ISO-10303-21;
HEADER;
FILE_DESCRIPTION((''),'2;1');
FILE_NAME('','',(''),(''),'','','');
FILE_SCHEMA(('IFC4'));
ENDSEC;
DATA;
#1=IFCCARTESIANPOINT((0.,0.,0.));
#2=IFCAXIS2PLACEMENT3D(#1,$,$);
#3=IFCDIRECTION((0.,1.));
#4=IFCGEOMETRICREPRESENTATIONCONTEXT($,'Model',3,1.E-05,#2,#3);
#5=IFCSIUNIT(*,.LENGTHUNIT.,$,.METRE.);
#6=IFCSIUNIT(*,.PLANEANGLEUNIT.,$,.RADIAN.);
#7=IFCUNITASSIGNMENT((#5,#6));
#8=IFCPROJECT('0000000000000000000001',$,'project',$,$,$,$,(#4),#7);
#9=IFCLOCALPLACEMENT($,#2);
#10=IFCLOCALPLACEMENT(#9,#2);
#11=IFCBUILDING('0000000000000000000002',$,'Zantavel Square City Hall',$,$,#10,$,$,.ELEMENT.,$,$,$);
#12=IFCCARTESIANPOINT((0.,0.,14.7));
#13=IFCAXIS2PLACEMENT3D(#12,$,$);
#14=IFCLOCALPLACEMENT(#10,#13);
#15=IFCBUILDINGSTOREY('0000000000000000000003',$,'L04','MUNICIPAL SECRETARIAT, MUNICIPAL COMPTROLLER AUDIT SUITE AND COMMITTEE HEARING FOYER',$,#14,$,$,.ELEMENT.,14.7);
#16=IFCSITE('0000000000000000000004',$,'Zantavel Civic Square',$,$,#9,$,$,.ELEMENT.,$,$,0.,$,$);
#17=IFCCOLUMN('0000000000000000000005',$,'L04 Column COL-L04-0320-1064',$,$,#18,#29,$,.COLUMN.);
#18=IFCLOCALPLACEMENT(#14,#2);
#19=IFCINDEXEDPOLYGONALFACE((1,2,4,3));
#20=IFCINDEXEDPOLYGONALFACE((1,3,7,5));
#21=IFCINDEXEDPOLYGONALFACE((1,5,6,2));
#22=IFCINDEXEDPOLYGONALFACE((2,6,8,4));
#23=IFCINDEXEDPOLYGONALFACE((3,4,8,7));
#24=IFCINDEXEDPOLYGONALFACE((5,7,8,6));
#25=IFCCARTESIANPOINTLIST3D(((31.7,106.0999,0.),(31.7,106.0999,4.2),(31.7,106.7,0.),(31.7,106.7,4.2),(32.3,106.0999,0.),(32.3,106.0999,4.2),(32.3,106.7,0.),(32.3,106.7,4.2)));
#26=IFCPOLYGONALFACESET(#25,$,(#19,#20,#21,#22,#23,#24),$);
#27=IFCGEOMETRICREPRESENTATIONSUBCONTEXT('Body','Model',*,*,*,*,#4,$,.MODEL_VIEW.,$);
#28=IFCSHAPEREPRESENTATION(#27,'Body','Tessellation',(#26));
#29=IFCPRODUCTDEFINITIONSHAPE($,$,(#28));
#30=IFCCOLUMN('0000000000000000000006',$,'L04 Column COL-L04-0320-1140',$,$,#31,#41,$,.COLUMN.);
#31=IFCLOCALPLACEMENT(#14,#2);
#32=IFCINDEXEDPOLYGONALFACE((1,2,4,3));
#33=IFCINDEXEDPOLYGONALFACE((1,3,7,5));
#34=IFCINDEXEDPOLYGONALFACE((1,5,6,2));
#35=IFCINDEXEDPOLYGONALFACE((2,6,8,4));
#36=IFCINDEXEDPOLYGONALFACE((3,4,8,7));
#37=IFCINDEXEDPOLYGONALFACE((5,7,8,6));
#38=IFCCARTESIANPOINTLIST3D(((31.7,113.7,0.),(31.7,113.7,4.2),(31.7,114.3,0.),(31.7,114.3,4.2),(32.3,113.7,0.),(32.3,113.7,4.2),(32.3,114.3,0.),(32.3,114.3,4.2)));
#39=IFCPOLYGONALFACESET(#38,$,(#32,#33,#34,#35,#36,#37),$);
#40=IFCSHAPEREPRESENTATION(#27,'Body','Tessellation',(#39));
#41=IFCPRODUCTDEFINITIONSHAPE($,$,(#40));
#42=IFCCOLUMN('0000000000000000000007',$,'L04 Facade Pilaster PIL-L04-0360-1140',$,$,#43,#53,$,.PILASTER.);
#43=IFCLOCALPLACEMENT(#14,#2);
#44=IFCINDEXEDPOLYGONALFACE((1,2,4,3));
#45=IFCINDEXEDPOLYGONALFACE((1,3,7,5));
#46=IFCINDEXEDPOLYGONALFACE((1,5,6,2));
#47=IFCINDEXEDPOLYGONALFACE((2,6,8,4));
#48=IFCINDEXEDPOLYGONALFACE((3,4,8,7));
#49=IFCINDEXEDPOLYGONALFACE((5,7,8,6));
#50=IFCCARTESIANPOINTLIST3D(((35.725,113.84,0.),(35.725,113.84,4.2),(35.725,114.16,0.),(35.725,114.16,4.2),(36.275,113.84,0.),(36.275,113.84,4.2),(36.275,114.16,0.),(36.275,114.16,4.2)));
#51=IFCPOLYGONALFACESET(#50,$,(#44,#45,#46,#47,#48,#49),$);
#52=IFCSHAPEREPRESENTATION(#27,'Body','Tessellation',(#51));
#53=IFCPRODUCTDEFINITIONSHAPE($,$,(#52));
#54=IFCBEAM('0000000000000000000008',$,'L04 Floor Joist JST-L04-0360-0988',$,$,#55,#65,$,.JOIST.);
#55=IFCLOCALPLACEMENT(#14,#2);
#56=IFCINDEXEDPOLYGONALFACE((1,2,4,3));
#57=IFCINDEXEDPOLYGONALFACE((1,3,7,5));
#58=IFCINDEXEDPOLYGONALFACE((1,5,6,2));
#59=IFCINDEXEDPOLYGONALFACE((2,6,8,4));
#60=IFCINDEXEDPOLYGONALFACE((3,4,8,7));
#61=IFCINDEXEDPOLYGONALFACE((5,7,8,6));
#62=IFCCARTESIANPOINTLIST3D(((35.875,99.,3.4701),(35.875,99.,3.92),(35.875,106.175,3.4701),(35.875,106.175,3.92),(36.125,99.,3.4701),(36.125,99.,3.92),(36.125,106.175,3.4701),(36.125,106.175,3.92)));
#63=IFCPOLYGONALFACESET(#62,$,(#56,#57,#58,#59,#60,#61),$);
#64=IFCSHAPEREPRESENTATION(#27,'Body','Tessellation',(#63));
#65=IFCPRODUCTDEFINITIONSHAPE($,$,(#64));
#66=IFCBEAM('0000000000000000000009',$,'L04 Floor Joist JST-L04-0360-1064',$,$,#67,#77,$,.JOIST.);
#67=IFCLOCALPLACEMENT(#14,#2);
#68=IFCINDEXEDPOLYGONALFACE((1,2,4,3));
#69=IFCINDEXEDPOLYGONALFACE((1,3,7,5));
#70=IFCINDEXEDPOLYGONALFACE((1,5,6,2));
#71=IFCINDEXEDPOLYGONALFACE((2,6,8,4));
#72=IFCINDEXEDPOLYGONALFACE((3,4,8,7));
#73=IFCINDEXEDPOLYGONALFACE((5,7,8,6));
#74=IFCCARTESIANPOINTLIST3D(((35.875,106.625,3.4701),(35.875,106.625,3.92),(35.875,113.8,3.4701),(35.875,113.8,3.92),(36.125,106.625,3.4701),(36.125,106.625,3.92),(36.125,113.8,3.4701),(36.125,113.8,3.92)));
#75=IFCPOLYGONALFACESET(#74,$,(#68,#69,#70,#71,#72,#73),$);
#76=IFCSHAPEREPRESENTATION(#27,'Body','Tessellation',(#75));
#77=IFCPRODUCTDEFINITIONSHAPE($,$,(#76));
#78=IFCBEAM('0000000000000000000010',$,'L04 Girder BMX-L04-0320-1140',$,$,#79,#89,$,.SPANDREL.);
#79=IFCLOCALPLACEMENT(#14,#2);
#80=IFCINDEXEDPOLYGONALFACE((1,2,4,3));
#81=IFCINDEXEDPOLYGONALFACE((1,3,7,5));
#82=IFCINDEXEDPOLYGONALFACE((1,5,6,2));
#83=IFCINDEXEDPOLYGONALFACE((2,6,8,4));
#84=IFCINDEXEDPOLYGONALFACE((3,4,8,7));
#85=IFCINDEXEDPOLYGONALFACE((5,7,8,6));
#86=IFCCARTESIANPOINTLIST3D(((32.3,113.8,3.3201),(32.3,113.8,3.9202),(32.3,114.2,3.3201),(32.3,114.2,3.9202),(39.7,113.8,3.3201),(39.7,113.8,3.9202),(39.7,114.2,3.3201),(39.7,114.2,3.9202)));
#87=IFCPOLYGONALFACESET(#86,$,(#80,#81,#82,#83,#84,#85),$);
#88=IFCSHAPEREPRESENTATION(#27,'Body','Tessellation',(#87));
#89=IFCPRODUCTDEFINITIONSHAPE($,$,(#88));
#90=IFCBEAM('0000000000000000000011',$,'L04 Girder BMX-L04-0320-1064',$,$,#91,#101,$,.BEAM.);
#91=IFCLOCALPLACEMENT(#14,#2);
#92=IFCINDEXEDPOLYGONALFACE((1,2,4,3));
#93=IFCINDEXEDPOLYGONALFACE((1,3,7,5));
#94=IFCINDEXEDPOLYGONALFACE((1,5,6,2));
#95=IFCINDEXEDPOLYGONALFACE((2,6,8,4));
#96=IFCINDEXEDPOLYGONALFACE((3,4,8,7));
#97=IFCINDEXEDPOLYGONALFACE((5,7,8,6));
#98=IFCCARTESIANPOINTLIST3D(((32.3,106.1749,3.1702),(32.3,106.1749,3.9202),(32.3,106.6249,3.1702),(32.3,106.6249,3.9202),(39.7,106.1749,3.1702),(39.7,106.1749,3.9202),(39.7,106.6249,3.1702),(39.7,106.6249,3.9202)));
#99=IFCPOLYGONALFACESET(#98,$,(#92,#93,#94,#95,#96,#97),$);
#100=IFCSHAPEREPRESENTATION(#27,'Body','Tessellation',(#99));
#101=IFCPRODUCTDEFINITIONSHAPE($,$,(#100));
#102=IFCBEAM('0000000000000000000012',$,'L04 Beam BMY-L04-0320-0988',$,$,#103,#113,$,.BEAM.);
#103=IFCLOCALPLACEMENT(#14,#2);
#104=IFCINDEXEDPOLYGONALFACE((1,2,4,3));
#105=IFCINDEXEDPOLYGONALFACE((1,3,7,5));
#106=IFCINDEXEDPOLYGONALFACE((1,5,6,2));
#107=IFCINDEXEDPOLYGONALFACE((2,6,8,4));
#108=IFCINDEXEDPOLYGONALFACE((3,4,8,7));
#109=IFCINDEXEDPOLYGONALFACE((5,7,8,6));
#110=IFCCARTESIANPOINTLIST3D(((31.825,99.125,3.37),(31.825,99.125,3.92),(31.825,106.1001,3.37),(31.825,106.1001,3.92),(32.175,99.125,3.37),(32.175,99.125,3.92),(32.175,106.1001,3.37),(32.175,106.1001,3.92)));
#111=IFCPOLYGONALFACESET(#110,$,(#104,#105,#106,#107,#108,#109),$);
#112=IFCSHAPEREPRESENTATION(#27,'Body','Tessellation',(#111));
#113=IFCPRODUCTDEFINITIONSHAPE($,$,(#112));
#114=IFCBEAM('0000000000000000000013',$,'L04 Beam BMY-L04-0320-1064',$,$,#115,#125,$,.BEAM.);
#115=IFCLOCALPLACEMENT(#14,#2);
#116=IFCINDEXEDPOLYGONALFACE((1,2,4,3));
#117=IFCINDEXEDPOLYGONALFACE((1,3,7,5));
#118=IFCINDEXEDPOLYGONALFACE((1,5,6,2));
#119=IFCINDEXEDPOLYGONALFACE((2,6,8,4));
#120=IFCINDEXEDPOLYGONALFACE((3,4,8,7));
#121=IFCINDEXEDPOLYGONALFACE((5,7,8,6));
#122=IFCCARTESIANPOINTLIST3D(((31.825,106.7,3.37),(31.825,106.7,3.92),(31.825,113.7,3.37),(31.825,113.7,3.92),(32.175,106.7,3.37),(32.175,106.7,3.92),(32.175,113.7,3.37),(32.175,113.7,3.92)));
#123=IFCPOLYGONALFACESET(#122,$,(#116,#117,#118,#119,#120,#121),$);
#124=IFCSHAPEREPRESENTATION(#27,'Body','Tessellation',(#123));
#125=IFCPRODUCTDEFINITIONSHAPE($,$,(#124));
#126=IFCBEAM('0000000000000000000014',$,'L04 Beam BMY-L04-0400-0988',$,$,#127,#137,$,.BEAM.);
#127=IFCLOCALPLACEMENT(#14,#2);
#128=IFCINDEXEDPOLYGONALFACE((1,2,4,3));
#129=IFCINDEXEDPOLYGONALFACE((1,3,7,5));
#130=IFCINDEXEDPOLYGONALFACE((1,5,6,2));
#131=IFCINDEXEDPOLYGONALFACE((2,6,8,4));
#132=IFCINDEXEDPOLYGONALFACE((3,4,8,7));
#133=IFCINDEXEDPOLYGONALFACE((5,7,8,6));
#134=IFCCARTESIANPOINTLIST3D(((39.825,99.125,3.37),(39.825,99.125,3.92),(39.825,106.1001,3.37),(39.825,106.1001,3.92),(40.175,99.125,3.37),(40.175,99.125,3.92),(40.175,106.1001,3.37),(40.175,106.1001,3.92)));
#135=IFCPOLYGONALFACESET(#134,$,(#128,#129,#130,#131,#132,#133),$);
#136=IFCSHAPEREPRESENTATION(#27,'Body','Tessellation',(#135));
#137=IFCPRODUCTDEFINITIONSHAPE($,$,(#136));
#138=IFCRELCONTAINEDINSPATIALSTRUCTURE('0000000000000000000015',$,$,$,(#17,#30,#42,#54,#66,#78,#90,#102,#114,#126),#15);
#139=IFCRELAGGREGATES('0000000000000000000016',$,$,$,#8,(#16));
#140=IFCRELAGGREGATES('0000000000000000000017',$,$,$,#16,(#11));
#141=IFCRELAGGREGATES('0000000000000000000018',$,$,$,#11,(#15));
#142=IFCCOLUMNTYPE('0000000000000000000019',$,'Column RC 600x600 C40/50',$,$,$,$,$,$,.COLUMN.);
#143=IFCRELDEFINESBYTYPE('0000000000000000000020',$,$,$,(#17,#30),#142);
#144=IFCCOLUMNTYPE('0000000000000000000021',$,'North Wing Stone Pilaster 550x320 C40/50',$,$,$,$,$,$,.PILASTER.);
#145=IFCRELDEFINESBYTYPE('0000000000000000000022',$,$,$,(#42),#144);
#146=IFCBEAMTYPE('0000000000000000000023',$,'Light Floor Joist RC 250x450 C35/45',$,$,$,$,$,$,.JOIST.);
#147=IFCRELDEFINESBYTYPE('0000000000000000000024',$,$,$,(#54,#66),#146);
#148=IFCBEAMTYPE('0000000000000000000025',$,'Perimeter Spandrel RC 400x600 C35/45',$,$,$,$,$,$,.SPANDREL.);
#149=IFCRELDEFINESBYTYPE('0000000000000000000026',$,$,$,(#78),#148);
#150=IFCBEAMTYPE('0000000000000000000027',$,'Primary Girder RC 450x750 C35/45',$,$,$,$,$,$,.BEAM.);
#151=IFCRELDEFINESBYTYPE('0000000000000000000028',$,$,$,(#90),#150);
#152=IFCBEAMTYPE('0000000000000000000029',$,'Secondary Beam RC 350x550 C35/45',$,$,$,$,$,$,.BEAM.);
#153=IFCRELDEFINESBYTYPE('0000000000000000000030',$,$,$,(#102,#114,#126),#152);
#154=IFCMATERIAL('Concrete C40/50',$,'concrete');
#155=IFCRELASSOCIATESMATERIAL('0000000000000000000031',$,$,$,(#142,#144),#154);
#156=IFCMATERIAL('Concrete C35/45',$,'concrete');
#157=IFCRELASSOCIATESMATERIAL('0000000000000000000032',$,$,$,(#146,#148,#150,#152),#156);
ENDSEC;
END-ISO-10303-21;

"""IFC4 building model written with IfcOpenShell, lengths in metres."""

from ifc_helpers import new_model, si_unit, direction, frame, origin, origin_2d, place, context, subcontext, project, spatial, rectangle, extrude, material, material_profile, profile_set, type_object, element, save


model = new_model("IFC4")

# Units and contexts
model_context = context("Model", 3, precision=1e-05, world=origin(), true_north=direction((0.0, 1.0)))
body_context = subcontext(model_context, "Body", "Model", "MODEL_VIEW")
ifc_project = project(units=[si_unit("LENGTHUNIT", "METRE"), si_unit("PLANEANGLEUNIT", "RADIAN")], contexts=[model_context])

# Site, building, storey
site_placement = place(None, origin())
site = spatial("IfcSite", under=ifc_project, at=site_placement, Name="Zantavel Civic Square", CompositionType="ELEMENT", RefElevation=0.0)
building_placement = place(site_placement, origin())
building = spatial("IfcBuilding", under=site, at=building_placement, Name="Zantavel Square City Hall", CompositionType="ELEMENT")
storey_placement = place(building_placement, frame((0.0, 0.0, 14.7)))
storey = spatial("IfcBuildingStorey", under=building, at=storey_placement, Name="L04", Description="MUNICIPAL SECRETARIAT, MUNICIPAL COMPTROLLER AUDIT SUITE AND COMMITTEE HEARING FOYER", CompositionType="ELEMENT", Elevation=14.7)

# Columns
ifc_material_1 = material(Name="Concrete C40/50", Category="concrete")
ifc_material_profile_1 = material_profile(ifc_material_1, rectangle(XDim=0.6001, YDim=0.6001, at=origin_2d()), Name="RC 600x600")
ifc_profile_set_1 = profile_set([ifc_material_profile_1], Name="Concrete C40/50")
column_type_1 = type_object("IfcColumnType", Name="Column RC 600x600 C40/50", PredefinedType="COLUMN", material=ifc_profile_set_1)
for number, where, z_axis, x_axis, name in (
    (1, (32.0, 106.3999, 0.0), (0.0, 0.0, 1.0), (1.0, 0.0, 0.0), "L04 Column COL-L04-0320-1064"),
    (2, (32.0, 114.0, 0.0), (0.0, 0.0, 1.0), (1.0, 0.0, 0.0), "L04 Column COL-L04-0320-1140"),
):
    element("IfcColumn", number, at=place(storey_placement, frame(where, z_axis=z_axis, x_axis=x_axis)), inside=storey, type_object=column_type_1, Name=name, PredefinedType="COLUMN", context=body_context, shape_type="SweptSolid", body=[
        extrude(rectangle(XDim=0.6001, YDim=0.6001, at=origin_2d()), origin(), (0.0, 0.0, 1.0), 4.2),
    ])
ifc_material_profile_2 = material_profile(ifc_material_1, rectangle(XDim=0.55, YDim=0.3201, at=origin_2d()), Name="RC 550x320")
ifc_profile_set_2 = profile_set([ifc_material_profile_2], Name="Concrete C40/50")
column_type_2 = type_object("IfcColumnType", Name="North Wing Stone Pilaster 550x320 C40/50", PredefinedType="PILASTER", material=ifc_profile_set_2)
column_placement = place(storey_placement, frame((36.0, 114.0, 0.0), z_axis=(0.0, 0.0, 1.0), x_axis=(1.0, 0.0, 0.0)))
element("IfcColumn", 3, at=column_placement, inside=storey, type_object=column_type_2, Name="L04 Facade Pilaster PIL-L04-0360-1140", PredefinedType="PILASTER", context=body_context, shape_type="SweptSolid", body=[
    extrude(rectangle(XDim=0.55, YDim=0.3201, at=origin_2d()), origin(), (0.0, 0.0, 1.0), 4.2),
])

# Beams
ifc_material_2 = material(Name="Concrete C35/45", Category="concrete")
ifc_material_profile_3 = material_profile(ifc_material_2, rectangle(XDim=0.25, YDim=0.45, at=origin_2d()), Name="RC 250x450")
ifc_profile_set_3 = profile_set([ifc_material_profile_3], Name="Concrete C35/45")
beam_type_1 = type_object("IfcBeamType", Name="Light Floor Joist RC 250x450 C35/45", PredefinedType="JOIST", material=ifc_profile_set_3)
for number, where, z_axis, x_axis, name in (
    (4, (36.0, 99.0, 3.6951), (0.0, 1.0, 0.0), (-1.0, 0.0, 0.0), "L04 Floor Joist JST-L04-0360-0988"),
    (5, (36.0, 106.625, 3.6951), (0.0, 1.0, 0.0), (-1.0, 0.0, 0.0), "L04 Floor Joist JST-L04-0360-1064"),
):
    element("IfcBeam", number, at=place(storey_placement, frame(where, z_axis=z_axis, x_axis=x_axis)), inside=storey, type_object=beam_type_1, Name=name, PredefinedType="JOIST", context=body_context, shape_type="SweptSolid", body=[
        extrude(rectangle(XDim=0.25, YDim=0.45, at=origin_2d()), origin(), (0.0, 0.0, 1.0), 7.175),
    ])
ifc_material_profile_4 = material_profile(ifc_material_2, rectangle(XDim=0.3999, YDim=0.6001, at=origin_2d()), Name="RC 400x600")
ifc_profile_set_4 = profile_set([ifc_material_profile_4], Name="Concrete C35/45")
beam_type_2 = type_object("IfcBeamType", Name="Perimeter Spandrel RC 400x600 C35/45", PredefinedType="SPANDREL", material=ifc_profile_set_4)
beam_1_placement = place(storey_placement, frame((32.3, 114.0, 3.6201), z_axis=(1.0, 0.0, 0.0), x_axis=(0.0, 1.0, 0.0)))
element("IfcBeam", 6, at=beam_1_placement, inside=storey, type_object=beam_type_2, Name="L04 Girder BMX-L04-0320-1140", PredefinedType="SPANDREL", context=body_context, shape_type="SweptSolid", body=[
    extrude(rectangle(XDim=0.3999, YDim=0.6001, at=origin_2d()), origin(), (0.0, 0.0, 1.0), 7.3999),
])
ifc_material_profile_5 = material_profile(ifc_material_2, rectangle(XDim=0.45, YDim=0.75, at=origin_2d()), Name="RC 450x750")
ifc_profile_set_5 = profile_set([ifc_material_profile_5], Name="Concrete C35/45")
beam_type_3 = type_object("IfcBeamType", Name="Primary Girder RC 450x750 C35/45", PredefinedType="BEAM", material=ifc_profile_set_5)
beam_2_placement = place(storey_placement, frame((32.3, 106.3999, 3.5452), z_axis=(1.0, 0.0, 0.0), x_axis=(0.0, 1.0, 0.0)))
element("IfcBeam", 7, at=beam_2_placement, inside=storey, type_object=beam_type_3, Name="L04 Girder BMX-L04-0320-1064", PredefinedType="BEAM", context=body_context, shape_type="SweptSolid", body=[
    extrude(rectangle(XDim=0.45, YDim=0.75, at=origin_2d()), origin(), (0.0, 0.0, 1.0), 7.3999),
])
ifc_material_profile_6 = material_profile(ifc_material_2, rectangle(XDim=0.3501, YDim=0.55, at=origin_2d()), Name="RC 350x550")
ifc_profile_set_6 = profile_set([ifc_material_profile_6], Name="Concrete C35/45")
beam_type_4 = type_object("IfcBeamType", Name="Secondary Beam RC 350x550 C35/45", PredefinedType="BEAM", material=ifc_profile_set_6)
beam_3_placement = place(storey_placement, frame((32.0, 99.125, 3.645), z_axis=(0.0, 1.0, 0.0), x_axis=(-1.0, 0.0, 0.0)))
element("IfcBeam", 8, at=beam_3_placement, inside=storey, type_object=beam_type_4, Name="L04 Beam BMY-L04-0320-0988", PredefinedType="BEAM", context=body_context, shape_type="SweptSolid", body=[
    extrude(rectangle(XDim=0.3501, YDim=0.55, at=origin_2d()), origin(), (0.0, 0.0, 1.0), 6.9751),
])
beam_4_placement = place(storey_placement, frame((32.0, 106.7, 3.645), z_axis=(0.0, 1.0, 0.0), x_axis=(-1.0, 0.0, 0.0)))
element("IfcBeam", 9, at=beam_4_placement, inside=storey, type_object=beam_type_4, Name="L04 Beam BMY-L04-0320-1064", PredefinedType="BEAM", context=body_context, shape_type="SweptSolid", body=[
    extrude(rectangle(XDim=0.3501, YDim=0.55, at=origin_2d()), origin(), (0.0, 0.0, 1.0), 7.0),
])
beam_5_placement = place(storey_placement, frame((40.0, 99.125, 3.645), z_axis=(0.0, 1.0, 0.0), x_axis=(-1.0, 0.0, 0.0)))
element("IfcBeam", 10, at=beam_5_placement, inside=storey, type_object=beam_type_4, Name="L04 Beam BMY-L04-0400-0988", PredefinedType="BEAM", context=body_context, shape_type="SweptSolid", body=[
    extrude(rectangle(XDim=0.3501, YDim=0.55, at=origin_2d()), origin(), (0.0, 0.0, 1.0), 6.9751),
])

save(model, "model.ifc")
